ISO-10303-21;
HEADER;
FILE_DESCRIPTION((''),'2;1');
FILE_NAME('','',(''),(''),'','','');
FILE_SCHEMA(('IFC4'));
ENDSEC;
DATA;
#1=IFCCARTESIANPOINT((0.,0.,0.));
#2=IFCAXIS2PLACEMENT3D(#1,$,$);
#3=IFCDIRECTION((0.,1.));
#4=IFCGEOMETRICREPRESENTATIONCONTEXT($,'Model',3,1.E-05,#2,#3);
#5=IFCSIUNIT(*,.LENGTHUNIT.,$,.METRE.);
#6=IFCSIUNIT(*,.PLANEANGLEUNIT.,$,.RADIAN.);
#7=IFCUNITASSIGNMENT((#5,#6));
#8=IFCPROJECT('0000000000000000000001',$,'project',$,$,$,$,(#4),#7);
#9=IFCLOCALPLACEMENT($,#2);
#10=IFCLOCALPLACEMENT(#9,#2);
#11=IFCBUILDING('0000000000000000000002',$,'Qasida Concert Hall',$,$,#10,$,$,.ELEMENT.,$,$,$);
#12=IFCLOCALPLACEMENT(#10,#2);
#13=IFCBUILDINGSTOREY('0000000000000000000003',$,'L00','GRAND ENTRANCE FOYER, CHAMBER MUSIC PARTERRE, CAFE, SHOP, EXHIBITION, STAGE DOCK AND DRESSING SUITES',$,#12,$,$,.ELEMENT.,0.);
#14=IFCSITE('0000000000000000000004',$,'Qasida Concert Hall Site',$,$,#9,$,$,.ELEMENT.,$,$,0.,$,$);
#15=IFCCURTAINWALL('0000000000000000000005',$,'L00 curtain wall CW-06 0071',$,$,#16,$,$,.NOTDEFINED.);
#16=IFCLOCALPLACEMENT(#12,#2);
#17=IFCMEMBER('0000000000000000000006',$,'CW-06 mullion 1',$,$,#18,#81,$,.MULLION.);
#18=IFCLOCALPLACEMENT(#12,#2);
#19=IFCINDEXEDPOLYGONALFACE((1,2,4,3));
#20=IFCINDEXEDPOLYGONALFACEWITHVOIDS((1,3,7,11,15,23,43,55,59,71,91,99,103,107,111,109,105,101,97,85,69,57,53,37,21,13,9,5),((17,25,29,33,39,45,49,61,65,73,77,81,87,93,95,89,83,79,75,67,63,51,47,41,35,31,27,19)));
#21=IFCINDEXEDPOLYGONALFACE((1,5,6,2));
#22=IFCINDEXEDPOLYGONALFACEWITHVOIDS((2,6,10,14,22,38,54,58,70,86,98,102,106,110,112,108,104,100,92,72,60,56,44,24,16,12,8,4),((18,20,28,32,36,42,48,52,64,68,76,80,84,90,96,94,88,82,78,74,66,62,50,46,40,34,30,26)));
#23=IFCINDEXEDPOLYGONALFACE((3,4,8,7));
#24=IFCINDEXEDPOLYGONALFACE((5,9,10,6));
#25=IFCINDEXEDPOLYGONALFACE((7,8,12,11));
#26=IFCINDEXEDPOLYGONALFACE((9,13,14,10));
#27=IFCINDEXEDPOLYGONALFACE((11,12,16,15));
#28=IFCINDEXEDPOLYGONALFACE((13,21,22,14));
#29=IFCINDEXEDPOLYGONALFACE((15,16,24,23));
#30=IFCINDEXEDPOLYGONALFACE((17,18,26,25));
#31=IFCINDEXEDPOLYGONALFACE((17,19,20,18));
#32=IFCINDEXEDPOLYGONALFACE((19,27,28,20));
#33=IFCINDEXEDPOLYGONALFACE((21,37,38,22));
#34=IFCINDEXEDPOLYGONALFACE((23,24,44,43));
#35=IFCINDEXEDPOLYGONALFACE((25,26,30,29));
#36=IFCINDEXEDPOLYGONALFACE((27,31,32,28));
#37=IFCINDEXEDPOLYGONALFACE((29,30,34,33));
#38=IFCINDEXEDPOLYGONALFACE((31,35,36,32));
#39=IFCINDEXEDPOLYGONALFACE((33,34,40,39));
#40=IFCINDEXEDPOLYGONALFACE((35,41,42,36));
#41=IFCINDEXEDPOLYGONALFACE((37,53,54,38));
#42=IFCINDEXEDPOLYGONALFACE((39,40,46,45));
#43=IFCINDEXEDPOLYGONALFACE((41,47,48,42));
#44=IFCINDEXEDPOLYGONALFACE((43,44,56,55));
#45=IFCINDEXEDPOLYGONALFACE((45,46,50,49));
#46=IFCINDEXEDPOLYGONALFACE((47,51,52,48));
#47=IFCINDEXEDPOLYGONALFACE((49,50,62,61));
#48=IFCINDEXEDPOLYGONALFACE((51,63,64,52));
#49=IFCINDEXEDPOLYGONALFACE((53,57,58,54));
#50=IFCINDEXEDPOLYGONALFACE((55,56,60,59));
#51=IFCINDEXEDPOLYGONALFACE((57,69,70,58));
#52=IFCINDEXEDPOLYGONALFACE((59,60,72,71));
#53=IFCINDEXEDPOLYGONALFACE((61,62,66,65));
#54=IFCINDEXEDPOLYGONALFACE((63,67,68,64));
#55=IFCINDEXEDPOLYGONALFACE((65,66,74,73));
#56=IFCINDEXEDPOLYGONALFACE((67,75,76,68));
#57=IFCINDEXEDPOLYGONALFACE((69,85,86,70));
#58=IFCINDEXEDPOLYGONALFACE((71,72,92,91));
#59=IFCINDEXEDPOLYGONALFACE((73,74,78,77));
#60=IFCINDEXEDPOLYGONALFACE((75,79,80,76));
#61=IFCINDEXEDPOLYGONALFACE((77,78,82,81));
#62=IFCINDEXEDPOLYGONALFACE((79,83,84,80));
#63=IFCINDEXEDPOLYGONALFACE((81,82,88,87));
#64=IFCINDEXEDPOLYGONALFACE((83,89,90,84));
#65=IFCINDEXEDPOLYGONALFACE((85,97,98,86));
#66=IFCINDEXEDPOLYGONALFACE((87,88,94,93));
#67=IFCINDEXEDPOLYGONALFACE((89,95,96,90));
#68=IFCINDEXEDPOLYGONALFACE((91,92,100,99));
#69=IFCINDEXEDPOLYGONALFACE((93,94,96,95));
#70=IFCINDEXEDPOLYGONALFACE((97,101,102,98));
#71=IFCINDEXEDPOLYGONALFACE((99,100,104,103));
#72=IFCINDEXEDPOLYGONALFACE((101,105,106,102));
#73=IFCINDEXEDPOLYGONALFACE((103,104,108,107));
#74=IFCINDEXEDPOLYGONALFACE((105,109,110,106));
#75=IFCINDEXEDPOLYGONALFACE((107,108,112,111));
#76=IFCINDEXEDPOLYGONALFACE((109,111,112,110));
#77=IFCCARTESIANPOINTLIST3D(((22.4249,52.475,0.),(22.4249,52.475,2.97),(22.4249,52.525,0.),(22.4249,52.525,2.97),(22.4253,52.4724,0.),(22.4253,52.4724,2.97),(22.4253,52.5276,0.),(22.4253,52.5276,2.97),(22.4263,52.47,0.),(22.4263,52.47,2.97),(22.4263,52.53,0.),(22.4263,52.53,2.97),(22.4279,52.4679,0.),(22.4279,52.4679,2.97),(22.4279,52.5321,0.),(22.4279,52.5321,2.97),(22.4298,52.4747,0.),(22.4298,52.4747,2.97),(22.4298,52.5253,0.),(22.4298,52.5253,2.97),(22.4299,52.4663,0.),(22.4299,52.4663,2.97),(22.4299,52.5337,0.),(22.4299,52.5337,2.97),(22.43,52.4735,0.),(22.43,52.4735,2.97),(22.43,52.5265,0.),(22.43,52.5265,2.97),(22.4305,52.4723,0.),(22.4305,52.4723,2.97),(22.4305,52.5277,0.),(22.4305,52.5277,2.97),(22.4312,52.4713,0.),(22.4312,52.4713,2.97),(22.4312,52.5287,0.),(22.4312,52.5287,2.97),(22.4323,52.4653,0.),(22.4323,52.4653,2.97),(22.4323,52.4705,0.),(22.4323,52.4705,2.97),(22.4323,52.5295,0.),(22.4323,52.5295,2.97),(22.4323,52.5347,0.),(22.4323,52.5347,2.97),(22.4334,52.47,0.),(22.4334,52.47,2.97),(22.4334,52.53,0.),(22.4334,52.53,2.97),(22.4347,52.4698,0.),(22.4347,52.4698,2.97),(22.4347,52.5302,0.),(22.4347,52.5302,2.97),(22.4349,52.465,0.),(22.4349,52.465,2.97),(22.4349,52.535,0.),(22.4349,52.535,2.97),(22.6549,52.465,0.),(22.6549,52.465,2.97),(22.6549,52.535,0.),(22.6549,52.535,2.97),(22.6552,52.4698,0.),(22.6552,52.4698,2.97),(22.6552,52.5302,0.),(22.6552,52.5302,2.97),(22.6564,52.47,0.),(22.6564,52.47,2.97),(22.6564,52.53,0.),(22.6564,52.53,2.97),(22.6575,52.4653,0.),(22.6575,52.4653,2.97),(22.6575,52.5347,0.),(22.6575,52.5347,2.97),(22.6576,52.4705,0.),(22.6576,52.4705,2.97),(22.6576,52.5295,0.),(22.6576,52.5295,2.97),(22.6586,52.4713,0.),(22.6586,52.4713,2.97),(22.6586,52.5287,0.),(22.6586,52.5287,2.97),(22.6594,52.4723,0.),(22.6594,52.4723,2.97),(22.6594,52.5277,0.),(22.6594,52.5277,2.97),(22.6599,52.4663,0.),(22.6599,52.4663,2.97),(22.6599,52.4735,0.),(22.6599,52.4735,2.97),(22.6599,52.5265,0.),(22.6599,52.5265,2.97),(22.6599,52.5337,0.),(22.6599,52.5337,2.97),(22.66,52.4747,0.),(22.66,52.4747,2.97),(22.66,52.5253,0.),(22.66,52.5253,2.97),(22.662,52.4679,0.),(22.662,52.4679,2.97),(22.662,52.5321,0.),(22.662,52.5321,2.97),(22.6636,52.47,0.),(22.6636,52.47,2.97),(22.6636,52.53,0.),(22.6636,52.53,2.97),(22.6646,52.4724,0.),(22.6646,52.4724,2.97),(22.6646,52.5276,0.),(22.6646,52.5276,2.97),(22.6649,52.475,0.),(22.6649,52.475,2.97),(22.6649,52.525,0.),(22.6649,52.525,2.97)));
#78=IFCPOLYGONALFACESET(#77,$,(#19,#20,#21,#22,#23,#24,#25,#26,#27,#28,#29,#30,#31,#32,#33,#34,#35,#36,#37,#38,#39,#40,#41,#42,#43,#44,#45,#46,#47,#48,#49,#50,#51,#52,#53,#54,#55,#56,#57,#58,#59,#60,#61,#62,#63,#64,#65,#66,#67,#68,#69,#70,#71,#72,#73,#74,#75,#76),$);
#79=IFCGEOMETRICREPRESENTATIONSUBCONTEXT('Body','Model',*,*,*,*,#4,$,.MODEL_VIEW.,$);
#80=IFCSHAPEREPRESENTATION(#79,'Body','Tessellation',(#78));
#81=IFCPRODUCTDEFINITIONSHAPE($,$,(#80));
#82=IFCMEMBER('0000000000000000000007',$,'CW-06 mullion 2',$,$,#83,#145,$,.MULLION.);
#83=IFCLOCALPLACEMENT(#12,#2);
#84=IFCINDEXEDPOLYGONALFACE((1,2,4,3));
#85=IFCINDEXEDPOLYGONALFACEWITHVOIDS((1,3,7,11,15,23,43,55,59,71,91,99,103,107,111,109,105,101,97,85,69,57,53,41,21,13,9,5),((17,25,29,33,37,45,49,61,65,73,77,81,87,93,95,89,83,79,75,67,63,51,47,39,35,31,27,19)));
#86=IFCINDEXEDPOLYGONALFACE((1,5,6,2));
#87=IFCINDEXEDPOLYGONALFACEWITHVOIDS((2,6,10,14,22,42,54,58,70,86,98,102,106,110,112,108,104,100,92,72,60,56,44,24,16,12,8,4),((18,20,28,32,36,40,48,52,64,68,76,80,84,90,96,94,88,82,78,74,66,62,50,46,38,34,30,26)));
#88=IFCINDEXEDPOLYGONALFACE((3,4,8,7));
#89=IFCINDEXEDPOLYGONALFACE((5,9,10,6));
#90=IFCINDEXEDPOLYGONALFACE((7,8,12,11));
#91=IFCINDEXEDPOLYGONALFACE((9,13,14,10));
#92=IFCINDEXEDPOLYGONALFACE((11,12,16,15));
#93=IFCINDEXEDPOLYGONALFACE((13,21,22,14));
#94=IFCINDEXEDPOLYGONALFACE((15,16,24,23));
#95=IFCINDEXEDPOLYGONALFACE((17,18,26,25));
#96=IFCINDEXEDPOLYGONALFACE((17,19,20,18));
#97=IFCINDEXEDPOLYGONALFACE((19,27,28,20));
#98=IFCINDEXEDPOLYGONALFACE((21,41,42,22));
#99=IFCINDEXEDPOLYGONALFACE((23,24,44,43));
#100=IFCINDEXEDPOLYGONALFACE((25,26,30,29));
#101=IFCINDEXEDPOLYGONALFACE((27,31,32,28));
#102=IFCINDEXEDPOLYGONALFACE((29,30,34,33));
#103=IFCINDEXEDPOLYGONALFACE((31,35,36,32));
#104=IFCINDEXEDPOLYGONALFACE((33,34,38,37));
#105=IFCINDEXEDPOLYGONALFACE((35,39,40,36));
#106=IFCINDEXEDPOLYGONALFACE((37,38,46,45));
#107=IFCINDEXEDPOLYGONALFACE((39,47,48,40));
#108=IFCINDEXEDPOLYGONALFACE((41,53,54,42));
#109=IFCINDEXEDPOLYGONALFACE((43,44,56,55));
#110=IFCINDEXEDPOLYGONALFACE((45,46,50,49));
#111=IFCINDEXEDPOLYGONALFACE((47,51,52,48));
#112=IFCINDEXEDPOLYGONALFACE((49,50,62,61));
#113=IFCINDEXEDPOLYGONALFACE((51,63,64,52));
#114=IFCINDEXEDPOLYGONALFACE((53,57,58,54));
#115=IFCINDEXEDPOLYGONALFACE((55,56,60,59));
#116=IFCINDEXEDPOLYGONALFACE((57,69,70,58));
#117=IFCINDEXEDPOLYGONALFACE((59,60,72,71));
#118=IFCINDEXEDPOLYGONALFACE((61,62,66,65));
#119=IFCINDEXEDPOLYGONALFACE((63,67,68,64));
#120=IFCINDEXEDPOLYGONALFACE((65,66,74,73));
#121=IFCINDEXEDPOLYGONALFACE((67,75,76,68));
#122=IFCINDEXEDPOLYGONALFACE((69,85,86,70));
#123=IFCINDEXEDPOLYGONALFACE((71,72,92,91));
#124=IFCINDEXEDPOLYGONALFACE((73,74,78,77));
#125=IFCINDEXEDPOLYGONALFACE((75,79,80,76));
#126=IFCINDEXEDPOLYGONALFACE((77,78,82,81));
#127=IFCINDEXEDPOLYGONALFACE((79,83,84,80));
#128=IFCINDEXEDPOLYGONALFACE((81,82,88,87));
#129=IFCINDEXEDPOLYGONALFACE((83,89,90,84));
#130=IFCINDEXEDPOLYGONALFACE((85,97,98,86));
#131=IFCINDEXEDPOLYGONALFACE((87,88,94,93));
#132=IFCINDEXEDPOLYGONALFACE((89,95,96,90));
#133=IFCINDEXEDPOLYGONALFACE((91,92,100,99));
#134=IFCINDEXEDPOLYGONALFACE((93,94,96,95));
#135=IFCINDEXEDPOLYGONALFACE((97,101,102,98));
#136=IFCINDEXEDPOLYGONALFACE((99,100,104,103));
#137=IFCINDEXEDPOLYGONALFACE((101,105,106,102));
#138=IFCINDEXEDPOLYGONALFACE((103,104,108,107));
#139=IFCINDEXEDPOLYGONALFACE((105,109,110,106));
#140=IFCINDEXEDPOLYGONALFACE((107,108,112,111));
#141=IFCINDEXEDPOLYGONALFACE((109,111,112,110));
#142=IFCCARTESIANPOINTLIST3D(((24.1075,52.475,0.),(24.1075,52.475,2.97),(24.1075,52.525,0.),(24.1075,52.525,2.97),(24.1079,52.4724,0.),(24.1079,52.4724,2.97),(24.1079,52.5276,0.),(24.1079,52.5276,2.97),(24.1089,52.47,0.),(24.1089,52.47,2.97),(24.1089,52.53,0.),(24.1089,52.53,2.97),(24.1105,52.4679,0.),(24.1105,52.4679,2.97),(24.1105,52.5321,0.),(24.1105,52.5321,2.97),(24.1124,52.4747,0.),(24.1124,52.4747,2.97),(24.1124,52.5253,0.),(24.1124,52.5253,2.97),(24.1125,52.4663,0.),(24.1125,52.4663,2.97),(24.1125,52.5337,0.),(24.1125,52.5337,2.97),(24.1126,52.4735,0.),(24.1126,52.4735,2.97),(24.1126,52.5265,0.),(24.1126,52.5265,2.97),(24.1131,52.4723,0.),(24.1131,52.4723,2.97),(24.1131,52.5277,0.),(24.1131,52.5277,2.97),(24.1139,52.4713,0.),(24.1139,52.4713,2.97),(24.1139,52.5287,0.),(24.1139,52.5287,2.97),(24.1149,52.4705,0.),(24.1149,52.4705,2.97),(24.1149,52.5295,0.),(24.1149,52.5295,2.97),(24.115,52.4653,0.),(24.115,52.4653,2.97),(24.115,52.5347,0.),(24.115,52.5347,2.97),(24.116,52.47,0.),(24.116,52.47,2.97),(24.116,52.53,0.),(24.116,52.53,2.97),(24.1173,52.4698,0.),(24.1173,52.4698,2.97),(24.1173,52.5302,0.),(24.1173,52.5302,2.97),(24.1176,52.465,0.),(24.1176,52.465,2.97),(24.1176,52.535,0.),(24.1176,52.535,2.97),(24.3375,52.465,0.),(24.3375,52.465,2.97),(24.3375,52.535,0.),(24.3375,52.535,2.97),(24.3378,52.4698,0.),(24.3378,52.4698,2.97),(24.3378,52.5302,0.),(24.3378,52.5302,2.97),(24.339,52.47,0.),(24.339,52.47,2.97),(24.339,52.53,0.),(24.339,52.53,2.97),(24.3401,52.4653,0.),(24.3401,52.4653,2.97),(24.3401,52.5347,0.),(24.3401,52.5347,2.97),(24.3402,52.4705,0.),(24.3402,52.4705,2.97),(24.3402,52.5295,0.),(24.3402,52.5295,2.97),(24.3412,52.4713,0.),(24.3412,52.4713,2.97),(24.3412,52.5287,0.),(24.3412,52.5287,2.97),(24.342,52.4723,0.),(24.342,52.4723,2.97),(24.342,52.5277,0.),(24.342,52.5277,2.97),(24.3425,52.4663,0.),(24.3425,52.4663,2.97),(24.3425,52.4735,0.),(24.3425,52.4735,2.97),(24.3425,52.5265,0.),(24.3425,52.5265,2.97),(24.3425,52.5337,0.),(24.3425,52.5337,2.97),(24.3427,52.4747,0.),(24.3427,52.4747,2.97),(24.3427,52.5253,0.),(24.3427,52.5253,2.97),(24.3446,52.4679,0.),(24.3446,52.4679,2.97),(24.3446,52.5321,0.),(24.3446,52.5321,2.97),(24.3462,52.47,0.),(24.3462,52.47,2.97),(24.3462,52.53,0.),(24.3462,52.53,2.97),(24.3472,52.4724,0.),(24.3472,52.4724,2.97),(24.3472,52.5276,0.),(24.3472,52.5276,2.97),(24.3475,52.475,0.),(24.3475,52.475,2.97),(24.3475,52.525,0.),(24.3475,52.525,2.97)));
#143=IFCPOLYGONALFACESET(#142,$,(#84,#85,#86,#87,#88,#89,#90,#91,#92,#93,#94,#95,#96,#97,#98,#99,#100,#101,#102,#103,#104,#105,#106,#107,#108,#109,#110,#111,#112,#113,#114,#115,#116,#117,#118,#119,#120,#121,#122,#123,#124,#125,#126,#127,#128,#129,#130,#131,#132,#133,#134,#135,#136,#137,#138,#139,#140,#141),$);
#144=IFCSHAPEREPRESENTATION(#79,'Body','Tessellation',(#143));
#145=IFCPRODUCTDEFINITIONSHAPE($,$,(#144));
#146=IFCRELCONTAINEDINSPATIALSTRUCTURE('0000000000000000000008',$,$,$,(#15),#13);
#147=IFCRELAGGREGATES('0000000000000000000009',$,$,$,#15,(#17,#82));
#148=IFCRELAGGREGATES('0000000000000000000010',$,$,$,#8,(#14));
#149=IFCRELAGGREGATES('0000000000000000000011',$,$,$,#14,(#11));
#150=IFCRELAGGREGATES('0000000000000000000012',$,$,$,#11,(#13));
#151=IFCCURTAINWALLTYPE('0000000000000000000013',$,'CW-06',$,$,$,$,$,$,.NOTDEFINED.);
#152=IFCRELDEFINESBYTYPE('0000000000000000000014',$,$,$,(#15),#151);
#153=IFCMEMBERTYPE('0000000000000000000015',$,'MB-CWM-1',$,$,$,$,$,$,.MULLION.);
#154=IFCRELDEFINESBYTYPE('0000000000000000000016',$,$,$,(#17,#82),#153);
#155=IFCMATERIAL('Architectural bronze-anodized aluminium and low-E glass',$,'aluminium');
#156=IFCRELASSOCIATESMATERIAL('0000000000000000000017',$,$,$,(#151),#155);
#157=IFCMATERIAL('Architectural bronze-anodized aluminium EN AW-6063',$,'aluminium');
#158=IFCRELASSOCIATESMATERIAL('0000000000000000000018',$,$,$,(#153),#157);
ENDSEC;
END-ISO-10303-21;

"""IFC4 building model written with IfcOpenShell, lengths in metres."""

from ifc_helpers import new_model, si_unit, direction, frame, origin, origin_2d, place, context, subcontext, project, spatial, hollow_rectangle, extrude, material, material_profile, profile_set, type_object, element, aggregate, save


model = new_model("IFC4")

# Units and contexts
model_context = context("Model", 3, precision=1e-05, world=origin(), true_north=direction((0.0, 1.0)))
body_context = subcontext(model_context, "Body", "Model", "MODEL_VIEW")
ifc_project = project(units=[si_unit("LENGTHUNIT", "METRE"), si_unit("PLANEANGLEUNIT", "RADIAN")], contexts=[model_context])

# Site, building, storey
site_placement = place(None, origin())
site = spatial("IfcSite", under=ifc_project, at=site_placement, Name="Qasida Concert Hall Site", CompositionType="ELEMENT", RefElevation=0.0)
building_placement = place(site_placement, origin())
building = spatial("IfcBuilding", under=site, at=building_placement, Name="Qasida Concert Hall", CompositionType="ELEMENT")
storey_placement = place(building_placement, origin())
storey = spatial("IfcBuildingStorey", under=building, at=storey_placement, Name="L00", Description="GRAND ENTRANCE FOYER, CHAMBER MUSIC PARTERRE, CAFE, SHOP, EXHIBITION, STAGE DOCK AND DRESSING SUITES", CompositionType="ELEMENT", Elevation=0.0)

# Curtain wall, members
ifc_material_1 = material(Name="Architectural bronze-anodized aluminium and low-E glass", Category="aluminium")
curtain_wall_type_1 = type_object("IfcCurtainWallType", Name="CW-06", PredefinedType="NOTDEFINED", material=ifc_material_1)
curtain_wall_1_placement = place(storey_placement, origin())
curtain_wall_1 = element("IfcCurtainWall", 1, at=curtain_wall_1_placement, inside=storey, type_object=curtain_wall_type_1, Name="L00 curtain wall CW-06 0071", PredefinedType="NOTDEFINED")
ifc_material_2 = material(Name="Architectural bronze-anodized aluminium EN AW-6063", Category="aluminium")
ifc_material_profile_1 = material_profile(ifc_material_2, hollow_rectangle(XDim=0.0701, YDim=0.24, WallThickness=0.0049, InnerFilletRadius=0.0049, OuterFilletRadius=0.01, at=origin_2d()), Name="CWM 240x70x5")
ifc_profile_set_1 = profile_set([ifc_material_profile_1], Name="Architectural bronze-anodized aluminium EN AW-6063")
member_type_1 = type_object("IfcMemberType", Name="MB-CWM-1", PredefinedType="MULLION", material=ifc_profile_set_1)
member_1_placement = place(storey_placement, frame((22.5449, 52.5, 0.0), z_axis=(0.0, 0.0, 1.0), x_axis=(0.0, 1.0, 0.0)))
member_1 = element("IfcMember", 2, at=member_1_placement, type_object=member_type_1, Name="CW-06 mullion 1", PredefinedType="MULLION", context=body_context, shape_type="SweptSolid", body=[
    extrude(hollow_rectangle(XDim=0.0701, YDim=0.24, WallThickness=0.0049, InnerFilletRadius=0.0049, OuterFilletRadius=0.01, at=origin_2d()), origin(), (0.0, 0.0, 1.0), 2.97),
])
member_2_placement = place(storey_placement, frame((24.2275, 52.5, 0.0), z_axis=(0.0, 0.0, 1.0), x_axis=(0.0, 1.0, 0.0)))
member_2 = element("IfcMember", 3, at=member_2_placement, type_object=member_type_1, Name="CW-06 mullion 2", PredefinedType="MULLION", context=body_context, shape_type="SweptSolid", body=[
    extrude(hollow_rectangle(XDim=0.0701, YDim=0.24, WallThickness=0.0049, InnerFilletRadius=0.0049, OuterFilletRadius=0.01, at=origin_2d()), origin(), (0.0, 0.0, 1.0), 2.97),
])

aggregate(curtain_wall_1, [member_1, member_2])

save(model, "model.ifc")
